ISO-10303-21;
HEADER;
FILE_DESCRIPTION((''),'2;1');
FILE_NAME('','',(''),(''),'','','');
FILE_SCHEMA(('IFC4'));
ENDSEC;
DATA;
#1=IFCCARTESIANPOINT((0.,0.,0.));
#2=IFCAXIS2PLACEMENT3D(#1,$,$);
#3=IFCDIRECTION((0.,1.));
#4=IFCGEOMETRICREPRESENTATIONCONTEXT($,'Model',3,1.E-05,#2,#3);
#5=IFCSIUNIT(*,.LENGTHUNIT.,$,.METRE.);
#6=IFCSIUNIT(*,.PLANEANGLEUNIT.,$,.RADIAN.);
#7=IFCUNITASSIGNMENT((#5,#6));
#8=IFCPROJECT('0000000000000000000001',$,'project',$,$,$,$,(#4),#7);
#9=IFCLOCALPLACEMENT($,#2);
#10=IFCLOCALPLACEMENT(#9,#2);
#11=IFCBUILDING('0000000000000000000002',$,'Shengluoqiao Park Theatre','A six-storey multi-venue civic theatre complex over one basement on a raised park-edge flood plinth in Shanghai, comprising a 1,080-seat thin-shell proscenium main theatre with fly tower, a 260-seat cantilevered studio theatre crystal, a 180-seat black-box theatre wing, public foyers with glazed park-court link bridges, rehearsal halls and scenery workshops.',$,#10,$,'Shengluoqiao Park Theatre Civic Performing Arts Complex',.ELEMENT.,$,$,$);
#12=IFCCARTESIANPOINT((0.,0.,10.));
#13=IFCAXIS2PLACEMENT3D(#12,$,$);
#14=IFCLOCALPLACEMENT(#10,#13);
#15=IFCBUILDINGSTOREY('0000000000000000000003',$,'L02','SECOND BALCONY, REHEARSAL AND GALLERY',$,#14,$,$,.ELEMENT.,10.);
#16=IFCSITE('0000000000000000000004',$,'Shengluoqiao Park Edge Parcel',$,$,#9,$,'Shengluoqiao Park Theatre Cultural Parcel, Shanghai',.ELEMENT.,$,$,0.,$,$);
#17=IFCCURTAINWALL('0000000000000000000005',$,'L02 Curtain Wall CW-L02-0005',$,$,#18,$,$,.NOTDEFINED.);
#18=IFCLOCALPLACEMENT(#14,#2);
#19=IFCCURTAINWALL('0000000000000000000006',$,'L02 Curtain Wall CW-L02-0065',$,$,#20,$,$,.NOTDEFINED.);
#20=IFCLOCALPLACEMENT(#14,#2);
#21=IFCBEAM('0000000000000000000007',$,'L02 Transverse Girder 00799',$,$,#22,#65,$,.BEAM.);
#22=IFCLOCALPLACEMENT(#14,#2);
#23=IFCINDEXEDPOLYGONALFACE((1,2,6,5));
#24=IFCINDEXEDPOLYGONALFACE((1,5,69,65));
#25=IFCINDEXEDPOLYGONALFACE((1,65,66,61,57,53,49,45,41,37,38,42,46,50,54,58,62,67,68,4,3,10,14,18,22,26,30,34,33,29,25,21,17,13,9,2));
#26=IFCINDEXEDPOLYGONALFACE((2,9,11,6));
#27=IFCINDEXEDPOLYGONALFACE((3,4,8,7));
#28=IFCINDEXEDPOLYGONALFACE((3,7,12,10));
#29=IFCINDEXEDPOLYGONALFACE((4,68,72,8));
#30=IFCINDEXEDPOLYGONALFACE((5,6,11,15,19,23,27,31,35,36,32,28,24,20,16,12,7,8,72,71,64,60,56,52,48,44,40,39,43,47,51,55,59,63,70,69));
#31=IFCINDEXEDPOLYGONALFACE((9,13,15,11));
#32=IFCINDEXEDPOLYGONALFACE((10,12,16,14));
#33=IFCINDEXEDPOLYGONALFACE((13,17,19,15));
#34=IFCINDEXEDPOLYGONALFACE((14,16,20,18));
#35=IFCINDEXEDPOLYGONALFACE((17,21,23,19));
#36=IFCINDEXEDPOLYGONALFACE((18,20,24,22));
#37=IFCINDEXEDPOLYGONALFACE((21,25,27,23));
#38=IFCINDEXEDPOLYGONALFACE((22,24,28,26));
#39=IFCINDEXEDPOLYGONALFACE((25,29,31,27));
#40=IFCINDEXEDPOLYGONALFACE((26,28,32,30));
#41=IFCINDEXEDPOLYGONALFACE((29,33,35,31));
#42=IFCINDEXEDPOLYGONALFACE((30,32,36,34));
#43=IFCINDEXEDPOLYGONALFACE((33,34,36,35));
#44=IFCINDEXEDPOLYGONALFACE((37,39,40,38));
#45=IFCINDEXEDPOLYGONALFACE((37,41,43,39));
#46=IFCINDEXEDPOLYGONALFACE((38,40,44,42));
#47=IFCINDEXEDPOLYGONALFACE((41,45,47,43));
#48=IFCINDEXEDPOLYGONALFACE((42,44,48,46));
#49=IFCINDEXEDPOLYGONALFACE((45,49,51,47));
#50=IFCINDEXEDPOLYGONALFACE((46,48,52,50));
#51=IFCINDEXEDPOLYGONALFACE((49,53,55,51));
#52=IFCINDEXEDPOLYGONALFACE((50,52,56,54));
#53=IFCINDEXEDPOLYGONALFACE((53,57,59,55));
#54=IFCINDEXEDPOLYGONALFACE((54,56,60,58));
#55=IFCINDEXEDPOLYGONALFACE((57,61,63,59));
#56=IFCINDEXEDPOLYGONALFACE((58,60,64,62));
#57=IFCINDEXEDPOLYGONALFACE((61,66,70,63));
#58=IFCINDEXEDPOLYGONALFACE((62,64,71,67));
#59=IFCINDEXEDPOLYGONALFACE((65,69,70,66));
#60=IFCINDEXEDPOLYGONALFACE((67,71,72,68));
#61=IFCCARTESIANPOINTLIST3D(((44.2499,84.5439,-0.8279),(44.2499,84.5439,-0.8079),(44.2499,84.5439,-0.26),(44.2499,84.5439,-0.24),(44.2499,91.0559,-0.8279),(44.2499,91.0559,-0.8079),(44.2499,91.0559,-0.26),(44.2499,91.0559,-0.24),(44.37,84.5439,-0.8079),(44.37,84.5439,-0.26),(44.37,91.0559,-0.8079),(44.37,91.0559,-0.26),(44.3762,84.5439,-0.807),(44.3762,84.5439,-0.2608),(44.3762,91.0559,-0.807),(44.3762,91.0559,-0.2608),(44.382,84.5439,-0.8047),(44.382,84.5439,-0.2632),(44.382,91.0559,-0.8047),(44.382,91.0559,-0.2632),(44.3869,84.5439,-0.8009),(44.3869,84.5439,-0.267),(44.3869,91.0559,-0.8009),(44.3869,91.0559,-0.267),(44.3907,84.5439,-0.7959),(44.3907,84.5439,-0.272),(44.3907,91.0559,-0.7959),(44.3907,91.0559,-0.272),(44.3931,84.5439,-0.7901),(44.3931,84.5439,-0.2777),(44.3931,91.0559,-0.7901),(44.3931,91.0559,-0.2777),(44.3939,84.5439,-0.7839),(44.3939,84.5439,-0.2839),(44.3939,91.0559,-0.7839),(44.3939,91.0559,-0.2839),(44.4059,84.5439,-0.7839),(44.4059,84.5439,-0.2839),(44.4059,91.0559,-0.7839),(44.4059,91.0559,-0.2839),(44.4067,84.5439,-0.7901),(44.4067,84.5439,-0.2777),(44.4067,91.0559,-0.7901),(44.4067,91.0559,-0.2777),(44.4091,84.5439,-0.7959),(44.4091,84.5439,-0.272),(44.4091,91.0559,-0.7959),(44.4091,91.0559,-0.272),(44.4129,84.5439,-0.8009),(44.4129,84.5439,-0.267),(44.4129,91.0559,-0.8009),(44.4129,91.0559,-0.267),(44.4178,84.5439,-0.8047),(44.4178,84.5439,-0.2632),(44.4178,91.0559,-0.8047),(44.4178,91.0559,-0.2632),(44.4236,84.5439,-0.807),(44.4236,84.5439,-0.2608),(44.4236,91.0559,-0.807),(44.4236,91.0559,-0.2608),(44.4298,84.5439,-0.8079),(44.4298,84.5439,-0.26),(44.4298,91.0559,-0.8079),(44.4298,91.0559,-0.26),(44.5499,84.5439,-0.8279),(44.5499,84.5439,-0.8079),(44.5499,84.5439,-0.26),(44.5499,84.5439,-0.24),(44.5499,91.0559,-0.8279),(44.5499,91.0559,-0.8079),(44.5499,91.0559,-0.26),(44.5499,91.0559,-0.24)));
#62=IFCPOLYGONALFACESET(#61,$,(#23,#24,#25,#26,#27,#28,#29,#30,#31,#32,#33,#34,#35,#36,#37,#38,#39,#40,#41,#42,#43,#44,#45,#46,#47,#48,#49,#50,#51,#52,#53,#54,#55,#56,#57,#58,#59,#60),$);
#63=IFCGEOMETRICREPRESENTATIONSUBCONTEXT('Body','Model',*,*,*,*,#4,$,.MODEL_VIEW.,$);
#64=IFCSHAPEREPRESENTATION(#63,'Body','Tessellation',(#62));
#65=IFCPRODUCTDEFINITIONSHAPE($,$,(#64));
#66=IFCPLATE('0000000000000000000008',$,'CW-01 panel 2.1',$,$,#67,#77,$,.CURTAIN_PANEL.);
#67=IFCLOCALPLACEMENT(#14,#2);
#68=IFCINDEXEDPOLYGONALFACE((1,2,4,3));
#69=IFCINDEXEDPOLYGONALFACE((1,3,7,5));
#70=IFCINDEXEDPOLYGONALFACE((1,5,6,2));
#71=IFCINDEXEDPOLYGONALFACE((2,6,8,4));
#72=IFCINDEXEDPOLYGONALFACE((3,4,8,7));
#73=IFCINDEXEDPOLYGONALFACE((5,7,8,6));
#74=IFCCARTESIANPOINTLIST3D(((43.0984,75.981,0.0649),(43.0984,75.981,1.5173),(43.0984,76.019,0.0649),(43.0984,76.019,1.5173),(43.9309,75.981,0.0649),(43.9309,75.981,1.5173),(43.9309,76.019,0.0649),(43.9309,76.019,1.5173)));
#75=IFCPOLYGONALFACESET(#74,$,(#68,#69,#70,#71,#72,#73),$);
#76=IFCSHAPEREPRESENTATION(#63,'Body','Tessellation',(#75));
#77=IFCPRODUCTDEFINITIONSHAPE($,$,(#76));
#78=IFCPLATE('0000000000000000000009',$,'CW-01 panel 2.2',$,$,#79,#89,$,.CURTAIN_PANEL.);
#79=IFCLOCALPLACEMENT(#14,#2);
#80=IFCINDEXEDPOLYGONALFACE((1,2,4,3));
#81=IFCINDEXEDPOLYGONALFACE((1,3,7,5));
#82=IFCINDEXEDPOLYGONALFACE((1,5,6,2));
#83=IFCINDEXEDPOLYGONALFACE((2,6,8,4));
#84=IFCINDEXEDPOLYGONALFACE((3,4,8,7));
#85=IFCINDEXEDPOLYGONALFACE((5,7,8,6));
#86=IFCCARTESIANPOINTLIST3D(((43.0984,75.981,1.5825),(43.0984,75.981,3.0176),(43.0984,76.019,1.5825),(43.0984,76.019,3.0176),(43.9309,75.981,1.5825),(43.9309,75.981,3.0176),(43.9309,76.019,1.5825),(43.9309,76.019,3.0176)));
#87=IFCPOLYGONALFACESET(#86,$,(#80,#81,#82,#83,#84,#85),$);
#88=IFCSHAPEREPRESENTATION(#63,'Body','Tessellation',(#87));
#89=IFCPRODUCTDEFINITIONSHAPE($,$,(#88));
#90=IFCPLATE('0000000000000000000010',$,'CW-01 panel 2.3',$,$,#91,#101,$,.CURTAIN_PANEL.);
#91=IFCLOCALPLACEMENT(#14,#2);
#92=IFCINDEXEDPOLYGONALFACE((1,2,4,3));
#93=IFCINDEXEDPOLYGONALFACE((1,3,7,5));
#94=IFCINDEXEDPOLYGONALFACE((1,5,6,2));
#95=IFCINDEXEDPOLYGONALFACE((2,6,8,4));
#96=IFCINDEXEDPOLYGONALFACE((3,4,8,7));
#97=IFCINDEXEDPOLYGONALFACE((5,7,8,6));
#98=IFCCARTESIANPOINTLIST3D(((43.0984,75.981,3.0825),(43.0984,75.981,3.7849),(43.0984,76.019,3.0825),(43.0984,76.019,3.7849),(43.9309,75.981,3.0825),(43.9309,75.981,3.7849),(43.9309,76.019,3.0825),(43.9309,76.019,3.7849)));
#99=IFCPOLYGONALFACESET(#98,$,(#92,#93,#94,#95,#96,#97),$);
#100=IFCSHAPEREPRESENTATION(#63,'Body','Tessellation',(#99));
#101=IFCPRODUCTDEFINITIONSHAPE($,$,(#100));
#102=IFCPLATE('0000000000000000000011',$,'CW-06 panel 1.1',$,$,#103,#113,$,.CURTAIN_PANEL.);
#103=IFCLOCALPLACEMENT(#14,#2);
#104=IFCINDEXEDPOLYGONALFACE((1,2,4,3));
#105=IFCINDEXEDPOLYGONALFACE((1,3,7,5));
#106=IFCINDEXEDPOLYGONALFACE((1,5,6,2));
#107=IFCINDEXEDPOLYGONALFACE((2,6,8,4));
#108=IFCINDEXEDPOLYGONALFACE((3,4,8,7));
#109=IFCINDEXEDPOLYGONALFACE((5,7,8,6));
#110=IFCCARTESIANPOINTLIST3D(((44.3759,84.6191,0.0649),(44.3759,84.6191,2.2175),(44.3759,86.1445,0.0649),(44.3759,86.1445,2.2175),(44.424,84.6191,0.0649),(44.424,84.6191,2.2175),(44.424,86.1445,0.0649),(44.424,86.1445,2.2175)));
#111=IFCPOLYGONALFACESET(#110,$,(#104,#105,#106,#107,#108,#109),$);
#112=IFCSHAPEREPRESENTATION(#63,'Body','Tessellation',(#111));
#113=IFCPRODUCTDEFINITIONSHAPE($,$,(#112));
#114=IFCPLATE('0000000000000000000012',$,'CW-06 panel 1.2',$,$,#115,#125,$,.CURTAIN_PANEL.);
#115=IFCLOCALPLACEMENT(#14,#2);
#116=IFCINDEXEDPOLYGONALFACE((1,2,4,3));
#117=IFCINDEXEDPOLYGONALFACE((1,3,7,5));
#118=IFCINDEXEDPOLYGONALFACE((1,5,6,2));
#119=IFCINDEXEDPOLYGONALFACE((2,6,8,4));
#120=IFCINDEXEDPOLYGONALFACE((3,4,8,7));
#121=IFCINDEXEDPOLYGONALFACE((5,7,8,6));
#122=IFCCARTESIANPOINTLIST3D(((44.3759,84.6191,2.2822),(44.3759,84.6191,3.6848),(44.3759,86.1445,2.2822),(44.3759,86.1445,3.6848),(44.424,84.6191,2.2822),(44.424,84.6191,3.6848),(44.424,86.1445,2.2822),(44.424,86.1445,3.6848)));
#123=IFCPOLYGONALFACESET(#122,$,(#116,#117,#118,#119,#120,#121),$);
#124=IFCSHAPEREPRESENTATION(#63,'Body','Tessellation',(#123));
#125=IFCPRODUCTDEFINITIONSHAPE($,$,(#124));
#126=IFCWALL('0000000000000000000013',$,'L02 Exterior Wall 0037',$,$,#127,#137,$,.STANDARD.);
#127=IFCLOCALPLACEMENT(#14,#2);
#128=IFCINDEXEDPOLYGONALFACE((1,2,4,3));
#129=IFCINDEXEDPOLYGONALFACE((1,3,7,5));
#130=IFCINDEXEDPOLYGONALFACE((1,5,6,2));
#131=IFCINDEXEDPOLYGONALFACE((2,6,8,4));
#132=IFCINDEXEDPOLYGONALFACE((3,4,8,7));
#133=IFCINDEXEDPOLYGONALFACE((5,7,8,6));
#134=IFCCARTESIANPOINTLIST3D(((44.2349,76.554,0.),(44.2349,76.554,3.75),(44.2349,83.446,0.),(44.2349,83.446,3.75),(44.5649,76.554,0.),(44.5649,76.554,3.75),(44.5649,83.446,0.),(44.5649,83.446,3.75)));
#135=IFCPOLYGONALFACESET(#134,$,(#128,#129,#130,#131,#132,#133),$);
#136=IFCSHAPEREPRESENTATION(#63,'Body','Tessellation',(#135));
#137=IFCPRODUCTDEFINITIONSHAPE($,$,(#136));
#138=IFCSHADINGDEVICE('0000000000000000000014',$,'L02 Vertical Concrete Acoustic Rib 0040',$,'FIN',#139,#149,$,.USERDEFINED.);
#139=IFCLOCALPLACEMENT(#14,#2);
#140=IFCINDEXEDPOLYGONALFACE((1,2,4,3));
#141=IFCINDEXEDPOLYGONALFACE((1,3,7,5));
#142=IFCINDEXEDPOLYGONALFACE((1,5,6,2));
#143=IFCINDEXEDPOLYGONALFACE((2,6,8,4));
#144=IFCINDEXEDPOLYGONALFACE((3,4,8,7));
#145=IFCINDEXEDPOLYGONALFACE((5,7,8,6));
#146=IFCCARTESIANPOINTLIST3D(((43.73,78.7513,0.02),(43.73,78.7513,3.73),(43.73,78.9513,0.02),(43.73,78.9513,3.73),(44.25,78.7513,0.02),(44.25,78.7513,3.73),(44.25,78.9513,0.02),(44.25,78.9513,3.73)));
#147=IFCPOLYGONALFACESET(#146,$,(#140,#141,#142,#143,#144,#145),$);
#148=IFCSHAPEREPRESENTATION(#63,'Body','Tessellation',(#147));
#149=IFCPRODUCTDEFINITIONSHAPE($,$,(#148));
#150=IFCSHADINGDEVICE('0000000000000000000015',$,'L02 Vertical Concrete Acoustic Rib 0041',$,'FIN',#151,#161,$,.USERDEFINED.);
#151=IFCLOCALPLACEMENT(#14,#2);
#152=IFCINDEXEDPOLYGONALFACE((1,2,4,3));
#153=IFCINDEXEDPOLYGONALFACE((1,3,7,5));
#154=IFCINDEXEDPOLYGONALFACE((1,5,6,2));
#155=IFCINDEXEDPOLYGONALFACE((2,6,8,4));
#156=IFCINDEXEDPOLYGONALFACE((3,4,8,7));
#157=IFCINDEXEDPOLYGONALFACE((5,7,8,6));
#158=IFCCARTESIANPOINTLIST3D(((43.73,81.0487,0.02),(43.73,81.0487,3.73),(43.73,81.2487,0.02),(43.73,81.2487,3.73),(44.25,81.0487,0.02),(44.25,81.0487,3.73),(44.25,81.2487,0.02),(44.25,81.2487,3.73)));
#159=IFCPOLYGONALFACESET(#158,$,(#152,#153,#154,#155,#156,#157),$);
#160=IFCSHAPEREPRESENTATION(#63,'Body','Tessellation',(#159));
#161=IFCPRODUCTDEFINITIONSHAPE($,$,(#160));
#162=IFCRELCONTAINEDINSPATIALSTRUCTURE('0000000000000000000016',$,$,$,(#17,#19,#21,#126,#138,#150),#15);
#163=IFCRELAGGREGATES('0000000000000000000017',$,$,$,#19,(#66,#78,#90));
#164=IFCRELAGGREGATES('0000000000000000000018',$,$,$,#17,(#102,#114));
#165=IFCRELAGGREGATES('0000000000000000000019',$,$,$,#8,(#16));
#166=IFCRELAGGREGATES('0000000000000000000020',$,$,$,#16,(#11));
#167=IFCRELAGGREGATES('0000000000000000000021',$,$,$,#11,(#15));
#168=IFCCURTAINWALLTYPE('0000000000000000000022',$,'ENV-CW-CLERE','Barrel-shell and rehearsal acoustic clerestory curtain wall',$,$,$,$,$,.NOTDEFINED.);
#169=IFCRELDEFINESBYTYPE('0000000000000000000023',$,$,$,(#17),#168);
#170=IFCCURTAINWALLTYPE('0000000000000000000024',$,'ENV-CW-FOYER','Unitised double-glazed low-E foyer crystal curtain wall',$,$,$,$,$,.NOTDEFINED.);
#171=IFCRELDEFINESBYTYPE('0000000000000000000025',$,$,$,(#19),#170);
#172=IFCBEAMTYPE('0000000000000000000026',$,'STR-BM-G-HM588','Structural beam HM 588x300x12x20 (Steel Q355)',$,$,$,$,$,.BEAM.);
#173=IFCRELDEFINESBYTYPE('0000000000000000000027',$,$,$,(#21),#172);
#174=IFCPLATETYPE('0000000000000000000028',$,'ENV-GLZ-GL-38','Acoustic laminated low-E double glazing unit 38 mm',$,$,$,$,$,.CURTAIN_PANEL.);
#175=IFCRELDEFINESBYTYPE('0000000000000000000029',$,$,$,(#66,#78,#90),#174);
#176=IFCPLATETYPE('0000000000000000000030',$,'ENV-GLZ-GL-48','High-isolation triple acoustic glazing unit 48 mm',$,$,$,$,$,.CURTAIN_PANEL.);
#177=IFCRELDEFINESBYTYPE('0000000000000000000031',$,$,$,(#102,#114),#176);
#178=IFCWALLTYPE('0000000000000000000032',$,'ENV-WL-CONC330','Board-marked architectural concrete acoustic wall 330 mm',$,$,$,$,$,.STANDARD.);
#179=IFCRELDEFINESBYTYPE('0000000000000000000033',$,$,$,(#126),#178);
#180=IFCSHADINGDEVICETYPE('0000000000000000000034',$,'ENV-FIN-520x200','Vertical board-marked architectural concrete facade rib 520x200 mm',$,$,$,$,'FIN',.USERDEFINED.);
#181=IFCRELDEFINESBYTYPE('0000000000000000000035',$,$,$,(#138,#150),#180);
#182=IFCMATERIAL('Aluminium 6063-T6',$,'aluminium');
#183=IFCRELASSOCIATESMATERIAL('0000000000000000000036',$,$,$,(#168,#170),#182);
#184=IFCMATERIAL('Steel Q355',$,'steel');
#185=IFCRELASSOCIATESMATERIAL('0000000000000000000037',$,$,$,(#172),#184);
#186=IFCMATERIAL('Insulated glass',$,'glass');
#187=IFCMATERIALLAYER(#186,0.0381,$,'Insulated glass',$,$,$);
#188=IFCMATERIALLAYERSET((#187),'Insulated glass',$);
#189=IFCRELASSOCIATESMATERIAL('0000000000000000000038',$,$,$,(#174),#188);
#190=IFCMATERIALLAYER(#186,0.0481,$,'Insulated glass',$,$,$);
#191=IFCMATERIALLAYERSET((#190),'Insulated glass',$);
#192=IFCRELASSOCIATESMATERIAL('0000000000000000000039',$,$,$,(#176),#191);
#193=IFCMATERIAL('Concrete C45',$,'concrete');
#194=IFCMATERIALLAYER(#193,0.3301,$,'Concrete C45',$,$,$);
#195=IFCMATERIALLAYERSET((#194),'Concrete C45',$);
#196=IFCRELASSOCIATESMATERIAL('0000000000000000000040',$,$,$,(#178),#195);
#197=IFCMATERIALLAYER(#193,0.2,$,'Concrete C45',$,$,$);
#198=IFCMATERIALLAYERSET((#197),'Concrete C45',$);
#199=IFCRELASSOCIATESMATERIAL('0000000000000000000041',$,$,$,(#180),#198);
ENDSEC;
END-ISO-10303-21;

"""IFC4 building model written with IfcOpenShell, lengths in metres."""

from ifc_helpers import new_model, si_unit, direction, frame, frame_2d, origin, origin_2d, place, context, subcontext, project, spatial, rectangle, i_section, extrude, material, layer, layer_set, material_profile, profile_set, type_object, element, aggregate, save


model = new_model("IFC4")

# Units and contexts
model_context = context("Model", 3, precision=1e-05, world=origin(), true_north=direction((0.0, 1.0)))
body_context = subcontext(model_context, "Body", "Model", "MODEL_VIEW")
ifc_project = project(units=[si_unit("LENGTHUNIT", "METRE"), si_unit("PLANEANGLEUNIT", "RADIAN")], contexts=[model_context])

# Site, building, storey
site_placement = place(None, origin())
site = spatial("IfcSite", under=ifc_project, at=site_placement, Name="Shengluoqiao Park Edge Parcel", LongName="Shengluoqiao Park Theatre Cultural Parcel, Shanghai", CompositionType="ELEMENT", RefElevation=0.0)
building_placement = place(site_placement, origin())
building = spatial("IfcBuilding", under=site, at=building_placement, Name="Shengluoqiao Park Theatre", Description="A six-storey multi-venue civic theatre complex over one basement on a raised park-edge flood plinth in Shanghai, comprising a 1,080-seat thin-shell proscenium main theatre with fly tower, a 260-seat cantilevered studio theatre crystal, a 180-seat black-box theatre wing, public foyers with glazed park-court link bridges, rehearsal halls and scenery workshops.", LongName="Shengluoqiao Park Theatre Civic Performing Arts Complex", CompositionType="ELEMENT")
storey_placement = place(building_placement, frame((0.0, 0.0, 10.0)))
storey = spatial("IfcBuildingStorey", under=building, at=storey_placement, Name="L02", Description="SECOND BALCONY, REHEARSAL AND GALLERY", CompositionType="ELEMENT", Elevation=10.0)

# Curtain wall
ifc_material_1 = material(Name="Aluminium 6063-T6", Category="aluminium")
curtain_wall_type_1 = type_object("IfcCurtainWallType", Name="ENV-CW-CLERE", Description="Barrel-shell and rehearsal acoustic clerestory curtain wall", PredefinedType="NOTDEFINED", material=ifc_material_1)
curtain_wall_1_placement = place(storey_placement, origin())
curtain_wall_1 = element("IfcCurtainWall", 1, at=curtain_wall_1_placement, inside=storey, type_object=curtain_wall_type_1, Name="L02 Curtain Wall CW-L02-0005", PredefinedType="NOTDEFINED")

# Curtain wall
curtain_wall_type_2 = type_object("IfcCurtainWallType", Name="ENV-CW-FOYER", Description="Unitised double-glazed low-E foyer crystal curtain wall", PredefinedType="NOTDEFINED", material=ifc_material_1)
curtain_wall_2_placement = place(storey_placement, origin())
curtain_wall_2 = element("IfcCurtainWall", 2, at=curtain_wall_2_placement, inside=storey, type_object=curtain_wall_type_2, Name="L02 Curtain Wall CW-L02-0065", PredefinedType="NOTDEFINED")

# Beam
ifc_material_2 = material(Name="Steel Q355", Category="steel")
ifc_material_profile_1 = material_profile(ifc_material_2, i_section(OverallWidth=0.3, OverallDepth=0.5879, WebThickness=0.012, FlangeThickness=0.02, FilletRadius=0.0239, at=origin_2d()), Name="HM 588x300x12x20")
ifc_profile_set_1 = profile_set([ifc_material_profile_1], Name="Steel Q355")
beam_type = type_object("IfcBeamType", Name="STR-BM-G-HM588", Description="Structural beam HM 588x300x12x20 (Steel Q355)", PredefinedType="BEAM", material=ifc_profile_set_1)
beam_1_placement = place(storey_placement, frame((44.3999, 84.5439, -0.5339), z_axis=(0.0, 1.0, 0.0), x_axis=(-1.0, 0.0, 0.0)))
element("IfcBeam", 3, at=beam_1_placement, inside=storey, type_object=beam_type, Name="L02 Transverse Girder 00799", PredefinedType="BEAM", context=body_context, shape_type="SweptSolid", body=[
    extrude(i_section(OverallWidth=0.3, OverallDepth=0.5879, WebThickness=0.012, FlangeThickness=0.02, FilletRadius=0.0239, at=origin_2d()), origin(), (0.0, 0.0, 1.0), 6.512),
])

# Plates
ifc_material_3 = material(Name="Insulated glass", Category="glass")
ifc_layer_1 = layer(ifc_material_3, 0.0381, Name="Insulated glass")
ifc_layer_set_1 = layer_set([ifc_layer_1], Name="Insulated glass")
plate_type_1 = type_object("IfcPlateType", Name="ENV-GLZ-GL-38", Description="Acoustic laminated low-E double glazing unit 38 mm", PredefinedType="CURTAIN_PANEL", material=ifc_layer_set_1)
plate_1_placement = place(storey_placement, frame((43.5146, 76.0, 0.0649), z_axis=(0.0, 0.0, 1.0), x_axis=(1.0, 0.0, 0.0)))
plate_1 = element("IfcPlate", 4, at=plate_1_placement, type_object=plate_type_1, Name="CW-01 panel 2.1", PredefinedType="CURTAIN_PANEL", context=body_context, shape_type="SweptSolid", body=[
    extrude(rectangle(XDim=0.8325, YDim=0.0381, at=origin_2d()), origin(), (0.0, 0.0, 1.0), 1.4524),
])
plate_2_placement = place(storey_placement, frame((43.5146, 76.0, 1.5825), z_axis=(0.0, 0.0, 1.0), x_axis=(1.0, 0.0, 0.0)))
plate_2 = element("IfcPlate", 5, at=plate_2_placement, type_object=plate_type_1, Name="CW-01 panel 2.2", PredefinedType="CURTAIN_PANEL", context=body_context, shape_type="SweptSolid", body=[
    extrude(rectangle(XDim=0.8325, YDim=0.0381, at=origin_2d()), origin(), (0.0, 0.0, 1.0), 1.4351),
])
plate_3_placement = place(storey_placement, frame((43.5146, 76.0, 3.0825), z_axis=(0.0, 0.0, 1.0), x_axis=(1.0, 0.0, 0.0)))
plate_3 = element("IfcPlate", 6, at=plate_3_placement, type_object=plate_type_1, Name="CW-01 panel 2.3", PredefinedType="CURTAIN_PANEL", context=body_context, shape_type="SweptSolid", body=[
    extrude(rectangle(XDim=0.8325, YDim=0.0381, at=origin_2d()), origin(), (0.0, 0.0, 1.0), 0.7024),
])
aggregate(curtain_wall_2, [plate_1, plate_2, plate_3])
ifc_layer_2 = layer(ifc_material_3, 0.0481, Name="Insulated glass")
ifc_layer_set_2 = layer_set([ifc_layer_2], Name="Insulated glass")
plate_type_2 = type_object("IfcPlateType", Name="ENV-GLZ-GL-48", Description="High-isolation triple acoustic glazing unit 48 mm", PredefinedType="CURTAIN_PANEL", material=ifc_layer_set_2)
plate_4_placement = place(storey_placement, frame((44.3999, 85.3818, 0.0649), z_axis=(0.0, 0.0, 1.0), x_axis=(0.0, 1.0, 0.0)))
plate_4 = element("IfcPlate", 7, at=plate_4_placement, type_object=plate_type_2, Name="CW-06 panel 1.1", PredefinedType="CURTAIN_PANEL", context=body_context, shape_type="SweptSolid", body=[
    extrude(rectangle(XDim=1.5254, YDim=0.0481, at=origin_2d()), origin(), (0.0, 0.0, 1.0), 2.1526),
])
plate_5_placement = place(storey_placement, frame((44.3999, 85.3818, 2.2822), z_axis=(0.0, 0.0, 1.0), x_axis=(0.0, 1.0, 0.0)))
plate_5 = element("IfcPlate", 8, at=plate_5_placement, type_object=plate_type_2, Name="CW-06 panel 1.2", PredefinedType="CURTAIN_PANEL", context=body_context, shape_type="SweptSolid", body=[
    extrude(rectangle(XDim=1.5254, YDim=0.0481, at=origin_2d()), origin(), (0.0, 0.0, 1.0), 1.4026),
])
aggregate(curtain_wall_1, [plate_4, plate_5])

# Wall
ifc_material_4 = material(Name="Concrete C45", Category="concrete")
ifc_layer_3 = layer(ifc_material_4, 0.3301, Name="Concrete C45")
ifc_layer_set_3 = layer_set([ifc_layer_3], Name="Concrete C45")
wall_type = type_object("IfcWallType", Name="ENV-WL-CONC330", Description="Board-marked architectural concrete acoustic wall 330 mm", PredefinedType="STANDARD", material=ifc_layer_set_3)
wall_placement = place(storey_placement, frame((44.3999, 76.554, 0.0), z_axis=(0.0, 0.0, 1.0), x_axis=(0.0, 1.0, 0.0)))
element("IfcWall", 9, at=wall_placement, inside=storey, type_object=wall_type, Name="L02 Exterior Wall 0037", PredefinedType="STANDARD", context=body_context, shape_type="SweptSolid", body=[
    extrude(rectangle(XDim=6.8921, YDim=0.3301, at=frame_2d((3.446, 0.0))), origin(), (0.0, 0.0, 1.0), 3.75),
])

# Shading devices
ifc_layer_4 = layer(ifc_material_4, 0.2, Name="Concrete C45")
ifc_layer_set_4 = layer_set([ifc_layer_4], Name="Concrete C45")
shading_device_type = type_object("IfcShadingDeviceType", Name="ENV-FIN-520x200", Description="Vertical board-marked architectural concrete facade rib 520x200 mm", ElementType="FIN", PredefinedType="USERDEFINED", material=ifc_layer_set_4)
for number, where, z_axis, x_axis, name in (
    (10, (43.99, 78.8513, 0.02), (0.0, 0.0, 1.0), (-1.0, 0.0, 0.0), "L02 Vertical Concrete Acoustic Rib 0040"),
    (11, (43.99, 81.1487, 0.02), (0.0, 0.0, 1.0), (-1.0, 0.0, 0.0), "L02 Vertical Concrete Acoustic Rib 0041"),
):
    element("IfcShadingDevice", number, at=place(storey_placement, frame(where, z_axis=z_axis, x_axis=x_axis)), inside=storey, type_object=shading_device_type, Name=name, ObjectType="FIN", PredefinedType="USERDEFINED", context=body_context, shape_type="SweptSolid", body=[
        extrude(rectangle(XDim=0.52, YDim=0.2, at=origin_2d()), origin(), (0.0, 0.0, 1.0), 3.71),
    ])

save(model, "model.ifc")
